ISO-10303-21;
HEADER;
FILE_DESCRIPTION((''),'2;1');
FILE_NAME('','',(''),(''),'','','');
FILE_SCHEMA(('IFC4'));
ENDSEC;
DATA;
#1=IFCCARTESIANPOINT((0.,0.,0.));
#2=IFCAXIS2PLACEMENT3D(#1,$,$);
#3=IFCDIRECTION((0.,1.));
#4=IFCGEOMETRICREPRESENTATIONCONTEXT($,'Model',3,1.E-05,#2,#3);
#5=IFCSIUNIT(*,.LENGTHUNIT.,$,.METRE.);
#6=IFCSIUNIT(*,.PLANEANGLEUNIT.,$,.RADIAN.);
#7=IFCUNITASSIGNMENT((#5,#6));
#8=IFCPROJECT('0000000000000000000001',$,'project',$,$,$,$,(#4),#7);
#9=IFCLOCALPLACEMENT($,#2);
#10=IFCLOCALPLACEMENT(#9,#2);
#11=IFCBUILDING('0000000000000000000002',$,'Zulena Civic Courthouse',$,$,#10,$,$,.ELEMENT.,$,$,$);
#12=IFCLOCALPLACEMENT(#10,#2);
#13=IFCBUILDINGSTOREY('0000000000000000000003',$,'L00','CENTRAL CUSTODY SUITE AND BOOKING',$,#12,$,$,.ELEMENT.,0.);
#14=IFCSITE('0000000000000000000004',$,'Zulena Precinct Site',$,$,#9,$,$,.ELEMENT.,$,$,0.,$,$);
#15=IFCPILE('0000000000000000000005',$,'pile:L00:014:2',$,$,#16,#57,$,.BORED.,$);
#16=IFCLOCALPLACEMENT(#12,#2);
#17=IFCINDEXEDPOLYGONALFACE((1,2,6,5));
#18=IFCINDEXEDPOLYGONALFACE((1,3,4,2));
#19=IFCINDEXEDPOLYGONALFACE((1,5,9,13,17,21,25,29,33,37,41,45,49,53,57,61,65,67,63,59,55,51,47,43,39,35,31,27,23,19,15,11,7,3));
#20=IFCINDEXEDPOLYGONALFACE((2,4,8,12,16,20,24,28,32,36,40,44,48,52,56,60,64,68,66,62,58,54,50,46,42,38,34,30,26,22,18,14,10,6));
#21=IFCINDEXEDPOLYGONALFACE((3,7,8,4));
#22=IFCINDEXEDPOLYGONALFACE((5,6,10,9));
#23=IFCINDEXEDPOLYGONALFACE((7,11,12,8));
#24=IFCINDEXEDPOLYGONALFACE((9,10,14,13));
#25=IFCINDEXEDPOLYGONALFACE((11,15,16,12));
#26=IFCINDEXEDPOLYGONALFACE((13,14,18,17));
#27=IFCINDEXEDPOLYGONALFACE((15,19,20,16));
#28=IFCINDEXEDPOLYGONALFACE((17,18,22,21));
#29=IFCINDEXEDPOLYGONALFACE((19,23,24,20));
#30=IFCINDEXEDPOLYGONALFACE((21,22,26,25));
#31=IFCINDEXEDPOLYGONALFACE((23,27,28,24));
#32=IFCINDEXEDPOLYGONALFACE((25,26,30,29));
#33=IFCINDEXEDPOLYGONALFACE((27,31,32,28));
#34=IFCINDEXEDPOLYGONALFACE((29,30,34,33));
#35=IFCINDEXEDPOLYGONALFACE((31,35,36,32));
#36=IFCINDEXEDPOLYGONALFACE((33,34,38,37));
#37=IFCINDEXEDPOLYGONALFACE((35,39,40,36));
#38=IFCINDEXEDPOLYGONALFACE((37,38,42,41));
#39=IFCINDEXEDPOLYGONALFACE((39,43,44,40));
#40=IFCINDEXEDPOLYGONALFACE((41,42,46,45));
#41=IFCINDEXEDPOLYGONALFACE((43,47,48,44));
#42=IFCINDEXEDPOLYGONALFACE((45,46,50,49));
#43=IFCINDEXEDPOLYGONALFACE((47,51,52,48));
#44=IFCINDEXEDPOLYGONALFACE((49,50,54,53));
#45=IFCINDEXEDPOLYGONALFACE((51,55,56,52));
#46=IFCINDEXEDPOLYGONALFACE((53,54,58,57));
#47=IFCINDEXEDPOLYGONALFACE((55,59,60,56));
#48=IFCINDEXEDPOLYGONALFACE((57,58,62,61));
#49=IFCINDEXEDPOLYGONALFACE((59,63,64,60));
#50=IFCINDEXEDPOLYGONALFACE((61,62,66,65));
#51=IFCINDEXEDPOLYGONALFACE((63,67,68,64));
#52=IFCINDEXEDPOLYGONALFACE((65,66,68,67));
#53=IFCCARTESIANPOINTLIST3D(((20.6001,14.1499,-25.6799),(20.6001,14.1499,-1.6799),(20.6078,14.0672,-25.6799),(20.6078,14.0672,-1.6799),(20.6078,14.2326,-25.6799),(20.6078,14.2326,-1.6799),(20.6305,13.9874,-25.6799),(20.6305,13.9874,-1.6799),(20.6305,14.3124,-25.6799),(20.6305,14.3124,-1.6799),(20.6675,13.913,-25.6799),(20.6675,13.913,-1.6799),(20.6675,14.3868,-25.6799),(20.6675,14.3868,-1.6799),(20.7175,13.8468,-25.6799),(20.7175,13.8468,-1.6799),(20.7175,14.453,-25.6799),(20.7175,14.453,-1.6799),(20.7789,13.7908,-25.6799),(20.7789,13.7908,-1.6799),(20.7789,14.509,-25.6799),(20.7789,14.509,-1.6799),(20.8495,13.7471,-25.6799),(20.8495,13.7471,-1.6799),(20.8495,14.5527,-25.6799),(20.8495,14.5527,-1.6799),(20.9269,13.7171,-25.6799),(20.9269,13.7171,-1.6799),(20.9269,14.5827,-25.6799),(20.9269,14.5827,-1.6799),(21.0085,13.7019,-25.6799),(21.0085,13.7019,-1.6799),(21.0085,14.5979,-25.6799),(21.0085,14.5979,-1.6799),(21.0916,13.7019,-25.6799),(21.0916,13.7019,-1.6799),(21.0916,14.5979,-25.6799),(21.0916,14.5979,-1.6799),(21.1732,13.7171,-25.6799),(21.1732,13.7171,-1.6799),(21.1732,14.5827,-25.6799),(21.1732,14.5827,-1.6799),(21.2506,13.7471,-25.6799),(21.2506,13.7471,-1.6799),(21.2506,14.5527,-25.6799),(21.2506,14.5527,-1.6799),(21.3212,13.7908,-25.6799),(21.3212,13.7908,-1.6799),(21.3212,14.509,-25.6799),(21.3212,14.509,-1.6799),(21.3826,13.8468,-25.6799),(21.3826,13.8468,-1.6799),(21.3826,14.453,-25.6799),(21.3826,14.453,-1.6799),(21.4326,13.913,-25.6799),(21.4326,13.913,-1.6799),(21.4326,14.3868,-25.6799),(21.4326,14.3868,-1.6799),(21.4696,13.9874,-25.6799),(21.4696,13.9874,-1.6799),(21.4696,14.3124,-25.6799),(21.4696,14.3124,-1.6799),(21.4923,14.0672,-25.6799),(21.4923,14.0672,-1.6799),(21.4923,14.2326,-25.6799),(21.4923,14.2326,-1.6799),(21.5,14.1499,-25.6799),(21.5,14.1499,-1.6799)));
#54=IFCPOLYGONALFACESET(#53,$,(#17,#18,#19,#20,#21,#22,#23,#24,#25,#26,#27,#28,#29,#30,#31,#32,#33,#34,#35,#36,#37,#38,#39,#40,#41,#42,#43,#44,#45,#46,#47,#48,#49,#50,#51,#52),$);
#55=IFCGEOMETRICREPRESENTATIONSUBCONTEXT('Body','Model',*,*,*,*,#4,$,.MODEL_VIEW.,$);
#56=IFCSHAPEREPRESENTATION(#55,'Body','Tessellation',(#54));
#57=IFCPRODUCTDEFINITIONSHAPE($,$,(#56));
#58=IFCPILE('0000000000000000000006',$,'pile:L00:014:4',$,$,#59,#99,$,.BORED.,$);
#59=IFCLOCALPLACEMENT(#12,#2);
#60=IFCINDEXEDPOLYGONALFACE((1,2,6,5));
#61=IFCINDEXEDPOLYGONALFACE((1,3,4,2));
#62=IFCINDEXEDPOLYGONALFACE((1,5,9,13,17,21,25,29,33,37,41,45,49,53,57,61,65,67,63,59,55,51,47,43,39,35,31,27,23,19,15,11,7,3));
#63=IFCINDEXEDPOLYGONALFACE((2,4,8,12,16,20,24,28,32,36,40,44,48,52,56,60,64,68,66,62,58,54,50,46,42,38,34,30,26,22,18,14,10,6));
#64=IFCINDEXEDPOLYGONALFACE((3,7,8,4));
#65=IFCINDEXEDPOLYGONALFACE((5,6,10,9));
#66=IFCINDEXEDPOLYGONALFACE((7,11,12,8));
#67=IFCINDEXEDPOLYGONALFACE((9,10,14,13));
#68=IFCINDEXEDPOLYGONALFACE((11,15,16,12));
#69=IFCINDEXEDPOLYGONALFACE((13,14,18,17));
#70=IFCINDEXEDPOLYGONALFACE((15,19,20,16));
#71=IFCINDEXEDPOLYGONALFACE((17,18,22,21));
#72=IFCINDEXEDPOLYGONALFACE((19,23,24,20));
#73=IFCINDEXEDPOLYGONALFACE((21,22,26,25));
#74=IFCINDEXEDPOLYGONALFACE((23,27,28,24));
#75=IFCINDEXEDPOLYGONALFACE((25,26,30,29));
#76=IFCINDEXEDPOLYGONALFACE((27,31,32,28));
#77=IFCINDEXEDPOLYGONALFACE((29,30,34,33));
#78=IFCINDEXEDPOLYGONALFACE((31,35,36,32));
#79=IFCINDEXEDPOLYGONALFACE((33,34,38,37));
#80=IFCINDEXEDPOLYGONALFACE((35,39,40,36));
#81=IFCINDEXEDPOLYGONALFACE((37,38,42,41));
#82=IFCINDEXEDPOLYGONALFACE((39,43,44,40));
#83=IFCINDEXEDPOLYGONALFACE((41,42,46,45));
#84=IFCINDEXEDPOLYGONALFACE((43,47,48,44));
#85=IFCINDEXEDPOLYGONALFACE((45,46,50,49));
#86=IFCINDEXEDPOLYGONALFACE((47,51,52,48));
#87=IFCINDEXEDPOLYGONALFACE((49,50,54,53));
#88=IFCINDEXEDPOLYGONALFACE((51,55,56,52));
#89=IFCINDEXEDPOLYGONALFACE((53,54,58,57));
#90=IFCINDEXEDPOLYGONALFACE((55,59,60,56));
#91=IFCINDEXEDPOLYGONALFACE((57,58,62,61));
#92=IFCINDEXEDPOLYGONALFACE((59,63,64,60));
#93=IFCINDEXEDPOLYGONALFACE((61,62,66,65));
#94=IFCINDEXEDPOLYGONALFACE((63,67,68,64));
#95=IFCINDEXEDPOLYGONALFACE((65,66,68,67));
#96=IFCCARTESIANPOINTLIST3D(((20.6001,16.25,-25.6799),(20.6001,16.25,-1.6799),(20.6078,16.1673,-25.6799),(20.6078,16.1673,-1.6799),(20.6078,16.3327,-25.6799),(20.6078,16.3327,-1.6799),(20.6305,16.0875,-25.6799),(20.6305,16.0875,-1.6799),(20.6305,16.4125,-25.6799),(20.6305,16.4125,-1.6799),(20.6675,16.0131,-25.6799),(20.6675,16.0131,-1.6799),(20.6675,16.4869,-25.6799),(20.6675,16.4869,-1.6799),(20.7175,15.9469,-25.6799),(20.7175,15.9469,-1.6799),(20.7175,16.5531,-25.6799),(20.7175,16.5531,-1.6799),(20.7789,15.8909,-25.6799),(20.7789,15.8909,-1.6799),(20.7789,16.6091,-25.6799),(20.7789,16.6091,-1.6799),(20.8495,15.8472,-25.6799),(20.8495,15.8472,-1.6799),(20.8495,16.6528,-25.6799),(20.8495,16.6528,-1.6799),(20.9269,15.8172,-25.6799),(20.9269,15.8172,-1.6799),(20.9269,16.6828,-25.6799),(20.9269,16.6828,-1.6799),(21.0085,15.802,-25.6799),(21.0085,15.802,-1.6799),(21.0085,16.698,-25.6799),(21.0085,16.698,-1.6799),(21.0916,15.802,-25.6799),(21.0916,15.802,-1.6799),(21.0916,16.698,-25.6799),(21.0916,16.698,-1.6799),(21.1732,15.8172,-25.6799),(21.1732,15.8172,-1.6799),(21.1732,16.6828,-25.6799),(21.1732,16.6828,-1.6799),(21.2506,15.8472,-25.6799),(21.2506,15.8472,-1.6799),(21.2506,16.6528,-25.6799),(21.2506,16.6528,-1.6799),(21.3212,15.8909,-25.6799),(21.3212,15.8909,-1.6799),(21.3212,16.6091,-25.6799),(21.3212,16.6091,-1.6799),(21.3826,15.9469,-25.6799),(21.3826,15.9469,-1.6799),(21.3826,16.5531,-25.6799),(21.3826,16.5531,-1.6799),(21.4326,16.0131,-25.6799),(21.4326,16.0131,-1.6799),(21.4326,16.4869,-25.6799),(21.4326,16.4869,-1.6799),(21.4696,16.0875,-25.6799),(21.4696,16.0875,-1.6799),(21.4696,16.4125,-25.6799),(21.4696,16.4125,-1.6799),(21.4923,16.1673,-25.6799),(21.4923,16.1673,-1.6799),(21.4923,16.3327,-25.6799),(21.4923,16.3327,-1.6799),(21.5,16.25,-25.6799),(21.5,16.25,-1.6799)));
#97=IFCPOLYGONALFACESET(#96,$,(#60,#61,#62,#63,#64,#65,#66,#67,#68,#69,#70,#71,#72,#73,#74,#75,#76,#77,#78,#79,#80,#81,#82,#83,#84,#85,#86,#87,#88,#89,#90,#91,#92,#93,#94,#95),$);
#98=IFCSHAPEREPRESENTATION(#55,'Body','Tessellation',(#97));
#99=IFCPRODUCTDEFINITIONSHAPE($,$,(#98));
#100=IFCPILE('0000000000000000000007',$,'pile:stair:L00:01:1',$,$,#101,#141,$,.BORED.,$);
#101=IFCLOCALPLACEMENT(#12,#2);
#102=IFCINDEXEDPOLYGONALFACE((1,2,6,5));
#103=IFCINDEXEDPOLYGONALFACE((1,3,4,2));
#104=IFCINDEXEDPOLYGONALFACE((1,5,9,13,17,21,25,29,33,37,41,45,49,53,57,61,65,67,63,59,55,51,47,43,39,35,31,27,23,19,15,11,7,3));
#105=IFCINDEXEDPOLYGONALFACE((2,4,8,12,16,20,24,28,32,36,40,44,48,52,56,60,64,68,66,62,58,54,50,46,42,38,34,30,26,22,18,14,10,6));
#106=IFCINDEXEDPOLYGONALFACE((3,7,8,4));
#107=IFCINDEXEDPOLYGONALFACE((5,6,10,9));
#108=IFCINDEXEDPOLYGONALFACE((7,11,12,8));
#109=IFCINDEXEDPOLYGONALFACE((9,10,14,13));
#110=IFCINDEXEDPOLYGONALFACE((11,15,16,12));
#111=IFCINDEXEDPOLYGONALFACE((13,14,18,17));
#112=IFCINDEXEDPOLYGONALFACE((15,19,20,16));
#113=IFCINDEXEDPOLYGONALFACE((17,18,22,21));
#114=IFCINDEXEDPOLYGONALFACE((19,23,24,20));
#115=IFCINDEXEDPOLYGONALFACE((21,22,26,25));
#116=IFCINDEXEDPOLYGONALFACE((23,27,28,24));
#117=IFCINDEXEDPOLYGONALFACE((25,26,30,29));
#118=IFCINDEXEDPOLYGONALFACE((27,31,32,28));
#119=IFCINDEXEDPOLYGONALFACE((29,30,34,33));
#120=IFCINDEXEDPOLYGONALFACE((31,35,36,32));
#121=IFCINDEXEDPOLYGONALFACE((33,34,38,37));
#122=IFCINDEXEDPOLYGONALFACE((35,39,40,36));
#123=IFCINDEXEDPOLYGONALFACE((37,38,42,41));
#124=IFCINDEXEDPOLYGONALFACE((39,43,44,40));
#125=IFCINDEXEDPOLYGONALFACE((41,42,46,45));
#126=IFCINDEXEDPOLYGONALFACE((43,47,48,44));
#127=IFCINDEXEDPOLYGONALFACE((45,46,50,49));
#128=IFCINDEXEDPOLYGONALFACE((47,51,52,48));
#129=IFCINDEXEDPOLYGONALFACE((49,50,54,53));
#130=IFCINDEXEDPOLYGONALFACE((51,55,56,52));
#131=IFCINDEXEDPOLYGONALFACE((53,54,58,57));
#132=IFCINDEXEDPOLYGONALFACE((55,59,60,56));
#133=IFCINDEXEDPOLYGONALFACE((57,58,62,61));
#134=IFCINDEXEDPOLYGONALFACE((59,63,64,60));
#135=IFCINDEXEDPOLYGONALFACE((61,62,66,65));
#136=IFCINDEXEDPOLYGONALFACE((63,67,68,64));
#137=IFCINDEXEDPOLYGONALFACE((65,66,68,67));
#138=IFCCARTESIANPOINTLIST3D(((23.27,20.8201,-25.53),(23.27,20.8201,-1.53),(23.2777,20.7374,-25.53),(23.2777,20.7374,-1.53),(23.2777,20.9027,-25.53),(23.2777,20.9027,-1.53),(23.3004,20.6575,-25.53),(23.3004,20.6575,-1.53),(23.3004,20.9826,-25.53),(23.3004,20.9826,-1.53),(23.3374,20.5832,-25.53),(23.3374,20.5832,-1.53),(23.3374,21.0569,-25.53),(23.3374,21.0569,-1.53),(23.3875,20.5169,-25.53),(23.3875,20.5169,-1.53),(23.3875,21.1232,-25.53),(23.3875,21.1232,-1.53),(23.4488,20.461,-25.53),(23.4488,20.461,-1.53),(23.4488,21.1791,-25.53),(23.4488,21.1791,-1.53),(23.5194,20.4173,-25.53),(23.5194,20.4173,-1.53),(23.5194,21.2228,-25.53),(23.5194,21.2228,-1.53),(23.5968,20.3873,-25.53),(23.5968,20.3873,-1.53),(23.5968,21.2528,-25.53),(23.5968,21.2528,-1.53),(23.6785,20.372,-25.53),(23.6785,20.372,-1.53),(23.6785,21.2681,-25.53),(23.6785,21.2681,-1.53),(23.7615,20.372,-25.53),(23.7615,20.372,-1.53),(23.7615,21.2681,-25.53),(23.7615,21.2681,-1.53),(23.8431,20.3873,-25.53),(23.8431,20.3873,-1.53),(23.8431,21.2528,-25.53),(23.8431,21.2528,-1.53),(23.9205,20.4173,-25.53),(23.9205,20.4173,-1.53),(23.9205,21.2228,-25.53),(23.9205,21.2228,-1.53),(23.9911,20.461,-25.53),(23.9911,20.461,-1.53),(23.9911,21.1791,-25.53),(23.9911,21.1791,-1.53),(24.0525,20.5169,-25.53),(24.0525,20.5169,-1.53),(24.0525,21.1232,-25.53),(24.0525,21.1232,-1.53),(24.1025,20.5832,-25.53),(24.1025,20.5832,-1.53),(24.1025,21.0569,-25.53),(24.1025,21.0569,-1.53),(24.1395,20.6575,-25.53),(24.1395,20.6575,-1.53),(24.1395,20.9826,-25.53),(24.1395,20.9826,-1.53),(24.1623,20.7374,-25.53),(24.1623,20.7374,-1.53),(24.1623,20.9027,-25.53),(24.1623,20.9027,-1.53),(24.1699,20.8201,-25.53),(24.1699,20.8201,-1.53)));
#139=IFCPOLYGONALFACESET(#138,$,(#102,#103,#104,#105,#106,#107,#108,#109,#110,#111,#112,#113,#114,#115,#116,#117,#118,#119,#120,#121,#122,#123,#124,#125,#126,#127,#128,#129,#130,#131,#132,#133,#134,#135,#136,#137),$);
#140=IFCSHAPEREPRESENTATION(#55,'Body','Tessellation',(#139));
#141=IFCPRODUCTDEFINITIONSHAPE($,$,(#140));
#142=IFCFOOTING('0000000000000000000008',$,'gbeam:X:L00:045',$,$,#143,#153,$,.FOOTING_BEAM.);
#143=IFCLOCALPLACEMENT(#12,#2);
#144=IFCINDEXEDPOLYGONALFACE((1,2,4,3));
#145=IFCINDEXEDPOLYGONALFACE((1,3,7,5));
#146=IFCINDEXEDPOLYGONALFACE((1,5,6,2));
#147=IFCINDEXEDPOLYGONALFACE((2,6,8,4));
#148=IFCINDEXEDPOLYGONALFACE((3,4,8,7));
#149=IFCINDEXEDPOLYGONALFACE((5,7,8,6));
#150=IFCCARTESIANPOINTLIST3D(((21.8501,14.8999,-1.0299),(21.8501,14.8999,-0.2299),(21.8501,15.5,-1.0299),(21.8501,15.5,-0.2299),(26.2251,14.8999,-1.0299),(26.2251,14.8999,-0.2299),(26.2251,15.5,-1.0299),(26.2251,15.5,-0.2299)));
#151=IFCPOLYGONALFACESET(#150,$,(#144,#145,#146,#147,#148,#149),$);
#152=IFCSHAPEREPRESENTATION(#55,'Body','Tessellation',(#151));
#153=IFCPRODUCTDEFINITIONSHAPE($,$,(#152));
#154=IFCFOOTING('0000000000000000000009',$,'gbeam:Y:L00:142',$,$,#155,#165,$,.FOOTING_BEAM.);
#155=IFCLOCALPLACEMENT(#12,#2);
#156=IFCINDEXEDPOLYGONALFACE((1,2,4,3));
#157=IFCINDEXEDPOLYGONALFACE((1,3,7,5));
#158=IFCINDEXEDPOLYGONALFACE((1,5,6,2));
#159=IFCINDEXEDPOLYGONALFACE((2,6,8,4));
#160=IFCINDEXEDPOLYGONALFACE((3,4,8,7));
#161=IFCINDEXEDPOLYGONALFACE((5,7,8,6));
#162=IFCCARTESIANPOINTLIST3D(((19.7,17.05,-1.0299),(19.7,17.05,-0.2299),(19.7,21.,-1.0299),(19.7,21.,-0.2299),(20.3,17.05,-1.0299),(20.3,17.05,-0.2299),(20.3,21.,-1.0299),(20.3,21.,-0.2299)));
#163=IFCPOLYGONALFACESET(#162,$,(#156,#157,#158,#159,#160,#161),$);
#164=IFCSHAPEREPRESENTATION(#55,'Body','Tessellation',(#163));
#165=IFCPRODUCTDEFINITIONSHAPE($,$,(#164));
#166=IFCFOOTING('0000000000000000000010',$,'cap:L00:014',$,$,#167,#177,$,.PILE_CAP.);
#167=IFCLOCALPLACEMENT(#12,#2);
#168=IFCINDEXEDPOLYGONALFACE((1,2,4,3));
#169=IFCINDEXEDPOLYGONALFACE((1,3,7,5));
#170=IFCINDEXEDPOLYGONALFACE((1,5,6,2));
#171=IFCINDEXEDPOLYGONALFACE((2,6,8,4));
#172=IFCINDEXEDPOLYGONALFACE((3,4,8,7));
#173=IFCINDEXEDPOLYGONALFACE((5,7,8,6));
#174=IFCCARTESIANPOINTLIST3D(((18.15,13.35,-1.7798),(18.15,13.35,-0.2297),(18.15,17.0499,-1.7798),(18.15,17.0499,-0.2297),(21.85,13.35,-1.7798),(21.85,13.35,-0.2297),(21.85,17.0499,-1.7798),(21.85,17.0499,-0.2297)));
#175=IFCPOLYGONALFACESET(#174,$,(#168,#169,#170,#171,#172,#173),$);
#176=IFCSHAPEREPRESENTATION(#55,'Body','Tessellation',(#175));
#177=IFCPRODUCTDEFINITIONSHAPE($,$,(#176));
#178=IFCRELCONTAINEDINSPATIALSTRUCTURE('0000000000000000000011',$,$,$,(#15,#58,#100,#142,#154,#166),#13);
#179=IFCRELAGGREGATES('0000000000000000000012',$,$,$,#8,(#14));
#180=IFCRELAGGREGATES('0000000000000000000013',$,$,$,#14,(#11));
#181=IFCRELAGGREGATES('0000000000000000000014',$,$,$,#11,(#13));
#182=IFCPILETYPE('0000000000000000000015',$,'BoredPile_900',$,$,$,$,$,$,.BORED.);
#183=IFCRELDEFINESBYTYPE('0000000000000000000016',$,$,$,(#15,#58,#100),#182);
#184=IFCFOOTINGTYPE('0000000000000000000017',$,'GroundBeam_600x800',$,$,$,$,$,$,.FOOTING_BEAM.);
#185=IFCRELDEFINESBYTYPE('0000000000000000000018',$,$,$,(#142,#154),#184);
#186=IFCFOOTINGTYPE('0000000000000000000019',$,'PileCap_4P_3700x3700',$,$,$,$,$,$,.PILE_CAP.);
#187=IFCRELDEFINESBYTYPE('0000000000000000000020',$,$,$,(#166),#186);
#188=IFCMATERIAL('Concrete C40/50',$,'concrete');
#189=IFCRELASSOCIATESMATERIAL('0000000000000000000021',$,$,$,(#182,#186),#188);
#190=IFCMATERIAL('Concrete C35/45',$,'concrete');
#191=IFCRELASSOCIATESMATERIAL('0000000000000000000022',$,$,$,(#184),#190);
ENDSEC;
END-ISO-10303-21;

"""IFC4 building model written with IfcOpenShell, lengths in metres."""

from ifc_helpers import new_model, si_unit, direction, frame, origin, origin_2d, place, context, subcontext, project, spatial, rectangle, circle, extrude, material, material_profile, profile_set, type_object, element, save


model = new_model("IFC4")

# Units and contexts
model_context = context("Model", 3, precision=1e-05, world=origin(), true_north=direction((0.0, 1.0)))
body_context = subcontext(model_context, "Body", "Model", "MODEL_VIEW")
ifc_project = project(units=[si_unit("LENGTHUNIT", "METRE"), si_unit("PLANEANGLEUNIT", "RADIAN")], contexts=[model_context])

# Site, building, storey
site_placement = place(None, origin())
site = spatial("IfcSite", under=ifc_project, at=site_placement, Name="Zulena Precinct Site", CompositionType="ELEMENT", RefElevation=0.0)
building_placement = place(site_placement, origin())
building = spatial("IfcBuilding", under=site, at=building_placement, Name="Zulena Civic Courthouse", CompositionType="ELEMENT")
storey_placement = place(building_placement, origin())
storey = spatial("IfcBuildingStorey", under=building, at=storey_placement, Name="L00", Description="CENTRAL CUSTODY SUITE AND BOOKING", CompositionType="ELEMENT", Elevation=0.0)

# Piles
ifc_material_1 = material(Name="Concrete C40/50", Category="concrete")
ifc_material_profile_1 = material_profile(ifc_material_1, circle(Radius=0.45, at=origin_2d()), Name="PILE900")
ifc_profile_set_1 = profile_set([ifc_material_profile_1], Name="Concrete C40/50")
pile_type = type_object("IfcPileType", Name="BoredPile_900", PredefinedType="BORED", material=ifc_profile_set_1)
for number, where, z_axis, x_axis, name in (
    (1, (21.05, 14.1499, -1.6799), (0.0, 0.0, -1.0), (1.0, 0.0, 0.0), "pile:L00:014:2"),
    (2, (21.05, 16.25, -1.6799), (0.0, 0.0, -1.0), (1.0, 0.0, 0.0), "pile:L00:014:4"),
    (3, (23.72, 20.8201, -1.53), (0.0, 0.0, -1.0), (1.0, 0.0, 0.0), "pile:stair:L00:01:1"),
):
    element("IfcPile", number, at=place(storey_placement, frame(where, z_axis=z_axis, x_axis=x_axis)), inside=storey, type_object=pile_type, Name=name, PredefinedType="BORED", context=body_context, shape_type="SweptSolid", body=[
        extrude(circle(Radius=0.45, at=origin_2d()), origin(), (0.0, 0.0, 1.0), 24.0),
    ])

# Footings
ifc_material_2 = material(Name="Concrete C35/45", Category="concrete")
ifc_material_profile_2 = material_profile(ifc_material_2, rectangle(XDim=0.6001, YDim=0.8, at=origin_2d()), Name="RC600X800")
ifc_profile_set_2 = profile_set([ifc_material_profile_2], Name="Concrete C35/45")
footing_type_1 = type_object("IfcFootingType", Name="GroundBeam_600x800", PredefinedType="FOOTING_BEAM", material=ifc_profile_set_2)
footing_1_placement = place(storey_placement, frame((21.8501, 15.2, -0.6299), z_axis=(1.0, 0.0, 0.0), x_axis=(0.0, 1.0, 0.0)))
element("IfcFooting", 4, at=footing_1_placement, inside=storey, type_object=footing_type_1, Name="gbeam:X:L00:045", PredefinedType="FOOTING_BEAM", context=body_context, shape_type="SweptSolid", body=[
    extrude(rectangle(XDim=0.6001, YDim=0.8, at=origin_2d()), origin(), (0.0, 0.0, 1.0), 4.375),
])
footing_2_placement = place(storey_placement, frame((20.0, 17.05, -0.6299), z_axis=(0.0, 1.0, 0.0), x_axis=(-1.0, 0.0, 0.0)))
element("IfcFooting", 5, at=footing_2_placement, inside=storey, type_object=footing_type_1, Name="gbeam:Y:L00:142", PredefinedType="FOOTING_BEAM", context=body_context, shape_type="SweptSolid", body=[
    extrude(rectangle(XDim=0.6001, YDim=0.8, at=origin_2d()), origin(), (0.0, 0.0, 1.0), 3.95),
])
footing_type_2 = type_object("IfcFootingType", Name="PileCap_4P_3700x3700", PredefinedType="PILE_CAP", material=ifc_material_1)
footing_3_placement = place(storey_placement, frame((20.0, 15.2, -1.7798), z_axis=(0.0, 0.0, 1.0), x_axis=(1.0, 0.0, 0.0)))
element("IfcFooting", 6, at=footing_3_placement, inside=storey, type_object=footing_type_2, Name="cap:L00:014", PredefinedType="PILE_CAP", context=body_context, shape_type="SweptSolid", body=[
    extrude(rectangle(XDim=3.7, YDim=3.7, at=origin_2d()), origin(), (0.0, 0.0, 1.0), 1.55),
])

save(model, "model.ifc")
